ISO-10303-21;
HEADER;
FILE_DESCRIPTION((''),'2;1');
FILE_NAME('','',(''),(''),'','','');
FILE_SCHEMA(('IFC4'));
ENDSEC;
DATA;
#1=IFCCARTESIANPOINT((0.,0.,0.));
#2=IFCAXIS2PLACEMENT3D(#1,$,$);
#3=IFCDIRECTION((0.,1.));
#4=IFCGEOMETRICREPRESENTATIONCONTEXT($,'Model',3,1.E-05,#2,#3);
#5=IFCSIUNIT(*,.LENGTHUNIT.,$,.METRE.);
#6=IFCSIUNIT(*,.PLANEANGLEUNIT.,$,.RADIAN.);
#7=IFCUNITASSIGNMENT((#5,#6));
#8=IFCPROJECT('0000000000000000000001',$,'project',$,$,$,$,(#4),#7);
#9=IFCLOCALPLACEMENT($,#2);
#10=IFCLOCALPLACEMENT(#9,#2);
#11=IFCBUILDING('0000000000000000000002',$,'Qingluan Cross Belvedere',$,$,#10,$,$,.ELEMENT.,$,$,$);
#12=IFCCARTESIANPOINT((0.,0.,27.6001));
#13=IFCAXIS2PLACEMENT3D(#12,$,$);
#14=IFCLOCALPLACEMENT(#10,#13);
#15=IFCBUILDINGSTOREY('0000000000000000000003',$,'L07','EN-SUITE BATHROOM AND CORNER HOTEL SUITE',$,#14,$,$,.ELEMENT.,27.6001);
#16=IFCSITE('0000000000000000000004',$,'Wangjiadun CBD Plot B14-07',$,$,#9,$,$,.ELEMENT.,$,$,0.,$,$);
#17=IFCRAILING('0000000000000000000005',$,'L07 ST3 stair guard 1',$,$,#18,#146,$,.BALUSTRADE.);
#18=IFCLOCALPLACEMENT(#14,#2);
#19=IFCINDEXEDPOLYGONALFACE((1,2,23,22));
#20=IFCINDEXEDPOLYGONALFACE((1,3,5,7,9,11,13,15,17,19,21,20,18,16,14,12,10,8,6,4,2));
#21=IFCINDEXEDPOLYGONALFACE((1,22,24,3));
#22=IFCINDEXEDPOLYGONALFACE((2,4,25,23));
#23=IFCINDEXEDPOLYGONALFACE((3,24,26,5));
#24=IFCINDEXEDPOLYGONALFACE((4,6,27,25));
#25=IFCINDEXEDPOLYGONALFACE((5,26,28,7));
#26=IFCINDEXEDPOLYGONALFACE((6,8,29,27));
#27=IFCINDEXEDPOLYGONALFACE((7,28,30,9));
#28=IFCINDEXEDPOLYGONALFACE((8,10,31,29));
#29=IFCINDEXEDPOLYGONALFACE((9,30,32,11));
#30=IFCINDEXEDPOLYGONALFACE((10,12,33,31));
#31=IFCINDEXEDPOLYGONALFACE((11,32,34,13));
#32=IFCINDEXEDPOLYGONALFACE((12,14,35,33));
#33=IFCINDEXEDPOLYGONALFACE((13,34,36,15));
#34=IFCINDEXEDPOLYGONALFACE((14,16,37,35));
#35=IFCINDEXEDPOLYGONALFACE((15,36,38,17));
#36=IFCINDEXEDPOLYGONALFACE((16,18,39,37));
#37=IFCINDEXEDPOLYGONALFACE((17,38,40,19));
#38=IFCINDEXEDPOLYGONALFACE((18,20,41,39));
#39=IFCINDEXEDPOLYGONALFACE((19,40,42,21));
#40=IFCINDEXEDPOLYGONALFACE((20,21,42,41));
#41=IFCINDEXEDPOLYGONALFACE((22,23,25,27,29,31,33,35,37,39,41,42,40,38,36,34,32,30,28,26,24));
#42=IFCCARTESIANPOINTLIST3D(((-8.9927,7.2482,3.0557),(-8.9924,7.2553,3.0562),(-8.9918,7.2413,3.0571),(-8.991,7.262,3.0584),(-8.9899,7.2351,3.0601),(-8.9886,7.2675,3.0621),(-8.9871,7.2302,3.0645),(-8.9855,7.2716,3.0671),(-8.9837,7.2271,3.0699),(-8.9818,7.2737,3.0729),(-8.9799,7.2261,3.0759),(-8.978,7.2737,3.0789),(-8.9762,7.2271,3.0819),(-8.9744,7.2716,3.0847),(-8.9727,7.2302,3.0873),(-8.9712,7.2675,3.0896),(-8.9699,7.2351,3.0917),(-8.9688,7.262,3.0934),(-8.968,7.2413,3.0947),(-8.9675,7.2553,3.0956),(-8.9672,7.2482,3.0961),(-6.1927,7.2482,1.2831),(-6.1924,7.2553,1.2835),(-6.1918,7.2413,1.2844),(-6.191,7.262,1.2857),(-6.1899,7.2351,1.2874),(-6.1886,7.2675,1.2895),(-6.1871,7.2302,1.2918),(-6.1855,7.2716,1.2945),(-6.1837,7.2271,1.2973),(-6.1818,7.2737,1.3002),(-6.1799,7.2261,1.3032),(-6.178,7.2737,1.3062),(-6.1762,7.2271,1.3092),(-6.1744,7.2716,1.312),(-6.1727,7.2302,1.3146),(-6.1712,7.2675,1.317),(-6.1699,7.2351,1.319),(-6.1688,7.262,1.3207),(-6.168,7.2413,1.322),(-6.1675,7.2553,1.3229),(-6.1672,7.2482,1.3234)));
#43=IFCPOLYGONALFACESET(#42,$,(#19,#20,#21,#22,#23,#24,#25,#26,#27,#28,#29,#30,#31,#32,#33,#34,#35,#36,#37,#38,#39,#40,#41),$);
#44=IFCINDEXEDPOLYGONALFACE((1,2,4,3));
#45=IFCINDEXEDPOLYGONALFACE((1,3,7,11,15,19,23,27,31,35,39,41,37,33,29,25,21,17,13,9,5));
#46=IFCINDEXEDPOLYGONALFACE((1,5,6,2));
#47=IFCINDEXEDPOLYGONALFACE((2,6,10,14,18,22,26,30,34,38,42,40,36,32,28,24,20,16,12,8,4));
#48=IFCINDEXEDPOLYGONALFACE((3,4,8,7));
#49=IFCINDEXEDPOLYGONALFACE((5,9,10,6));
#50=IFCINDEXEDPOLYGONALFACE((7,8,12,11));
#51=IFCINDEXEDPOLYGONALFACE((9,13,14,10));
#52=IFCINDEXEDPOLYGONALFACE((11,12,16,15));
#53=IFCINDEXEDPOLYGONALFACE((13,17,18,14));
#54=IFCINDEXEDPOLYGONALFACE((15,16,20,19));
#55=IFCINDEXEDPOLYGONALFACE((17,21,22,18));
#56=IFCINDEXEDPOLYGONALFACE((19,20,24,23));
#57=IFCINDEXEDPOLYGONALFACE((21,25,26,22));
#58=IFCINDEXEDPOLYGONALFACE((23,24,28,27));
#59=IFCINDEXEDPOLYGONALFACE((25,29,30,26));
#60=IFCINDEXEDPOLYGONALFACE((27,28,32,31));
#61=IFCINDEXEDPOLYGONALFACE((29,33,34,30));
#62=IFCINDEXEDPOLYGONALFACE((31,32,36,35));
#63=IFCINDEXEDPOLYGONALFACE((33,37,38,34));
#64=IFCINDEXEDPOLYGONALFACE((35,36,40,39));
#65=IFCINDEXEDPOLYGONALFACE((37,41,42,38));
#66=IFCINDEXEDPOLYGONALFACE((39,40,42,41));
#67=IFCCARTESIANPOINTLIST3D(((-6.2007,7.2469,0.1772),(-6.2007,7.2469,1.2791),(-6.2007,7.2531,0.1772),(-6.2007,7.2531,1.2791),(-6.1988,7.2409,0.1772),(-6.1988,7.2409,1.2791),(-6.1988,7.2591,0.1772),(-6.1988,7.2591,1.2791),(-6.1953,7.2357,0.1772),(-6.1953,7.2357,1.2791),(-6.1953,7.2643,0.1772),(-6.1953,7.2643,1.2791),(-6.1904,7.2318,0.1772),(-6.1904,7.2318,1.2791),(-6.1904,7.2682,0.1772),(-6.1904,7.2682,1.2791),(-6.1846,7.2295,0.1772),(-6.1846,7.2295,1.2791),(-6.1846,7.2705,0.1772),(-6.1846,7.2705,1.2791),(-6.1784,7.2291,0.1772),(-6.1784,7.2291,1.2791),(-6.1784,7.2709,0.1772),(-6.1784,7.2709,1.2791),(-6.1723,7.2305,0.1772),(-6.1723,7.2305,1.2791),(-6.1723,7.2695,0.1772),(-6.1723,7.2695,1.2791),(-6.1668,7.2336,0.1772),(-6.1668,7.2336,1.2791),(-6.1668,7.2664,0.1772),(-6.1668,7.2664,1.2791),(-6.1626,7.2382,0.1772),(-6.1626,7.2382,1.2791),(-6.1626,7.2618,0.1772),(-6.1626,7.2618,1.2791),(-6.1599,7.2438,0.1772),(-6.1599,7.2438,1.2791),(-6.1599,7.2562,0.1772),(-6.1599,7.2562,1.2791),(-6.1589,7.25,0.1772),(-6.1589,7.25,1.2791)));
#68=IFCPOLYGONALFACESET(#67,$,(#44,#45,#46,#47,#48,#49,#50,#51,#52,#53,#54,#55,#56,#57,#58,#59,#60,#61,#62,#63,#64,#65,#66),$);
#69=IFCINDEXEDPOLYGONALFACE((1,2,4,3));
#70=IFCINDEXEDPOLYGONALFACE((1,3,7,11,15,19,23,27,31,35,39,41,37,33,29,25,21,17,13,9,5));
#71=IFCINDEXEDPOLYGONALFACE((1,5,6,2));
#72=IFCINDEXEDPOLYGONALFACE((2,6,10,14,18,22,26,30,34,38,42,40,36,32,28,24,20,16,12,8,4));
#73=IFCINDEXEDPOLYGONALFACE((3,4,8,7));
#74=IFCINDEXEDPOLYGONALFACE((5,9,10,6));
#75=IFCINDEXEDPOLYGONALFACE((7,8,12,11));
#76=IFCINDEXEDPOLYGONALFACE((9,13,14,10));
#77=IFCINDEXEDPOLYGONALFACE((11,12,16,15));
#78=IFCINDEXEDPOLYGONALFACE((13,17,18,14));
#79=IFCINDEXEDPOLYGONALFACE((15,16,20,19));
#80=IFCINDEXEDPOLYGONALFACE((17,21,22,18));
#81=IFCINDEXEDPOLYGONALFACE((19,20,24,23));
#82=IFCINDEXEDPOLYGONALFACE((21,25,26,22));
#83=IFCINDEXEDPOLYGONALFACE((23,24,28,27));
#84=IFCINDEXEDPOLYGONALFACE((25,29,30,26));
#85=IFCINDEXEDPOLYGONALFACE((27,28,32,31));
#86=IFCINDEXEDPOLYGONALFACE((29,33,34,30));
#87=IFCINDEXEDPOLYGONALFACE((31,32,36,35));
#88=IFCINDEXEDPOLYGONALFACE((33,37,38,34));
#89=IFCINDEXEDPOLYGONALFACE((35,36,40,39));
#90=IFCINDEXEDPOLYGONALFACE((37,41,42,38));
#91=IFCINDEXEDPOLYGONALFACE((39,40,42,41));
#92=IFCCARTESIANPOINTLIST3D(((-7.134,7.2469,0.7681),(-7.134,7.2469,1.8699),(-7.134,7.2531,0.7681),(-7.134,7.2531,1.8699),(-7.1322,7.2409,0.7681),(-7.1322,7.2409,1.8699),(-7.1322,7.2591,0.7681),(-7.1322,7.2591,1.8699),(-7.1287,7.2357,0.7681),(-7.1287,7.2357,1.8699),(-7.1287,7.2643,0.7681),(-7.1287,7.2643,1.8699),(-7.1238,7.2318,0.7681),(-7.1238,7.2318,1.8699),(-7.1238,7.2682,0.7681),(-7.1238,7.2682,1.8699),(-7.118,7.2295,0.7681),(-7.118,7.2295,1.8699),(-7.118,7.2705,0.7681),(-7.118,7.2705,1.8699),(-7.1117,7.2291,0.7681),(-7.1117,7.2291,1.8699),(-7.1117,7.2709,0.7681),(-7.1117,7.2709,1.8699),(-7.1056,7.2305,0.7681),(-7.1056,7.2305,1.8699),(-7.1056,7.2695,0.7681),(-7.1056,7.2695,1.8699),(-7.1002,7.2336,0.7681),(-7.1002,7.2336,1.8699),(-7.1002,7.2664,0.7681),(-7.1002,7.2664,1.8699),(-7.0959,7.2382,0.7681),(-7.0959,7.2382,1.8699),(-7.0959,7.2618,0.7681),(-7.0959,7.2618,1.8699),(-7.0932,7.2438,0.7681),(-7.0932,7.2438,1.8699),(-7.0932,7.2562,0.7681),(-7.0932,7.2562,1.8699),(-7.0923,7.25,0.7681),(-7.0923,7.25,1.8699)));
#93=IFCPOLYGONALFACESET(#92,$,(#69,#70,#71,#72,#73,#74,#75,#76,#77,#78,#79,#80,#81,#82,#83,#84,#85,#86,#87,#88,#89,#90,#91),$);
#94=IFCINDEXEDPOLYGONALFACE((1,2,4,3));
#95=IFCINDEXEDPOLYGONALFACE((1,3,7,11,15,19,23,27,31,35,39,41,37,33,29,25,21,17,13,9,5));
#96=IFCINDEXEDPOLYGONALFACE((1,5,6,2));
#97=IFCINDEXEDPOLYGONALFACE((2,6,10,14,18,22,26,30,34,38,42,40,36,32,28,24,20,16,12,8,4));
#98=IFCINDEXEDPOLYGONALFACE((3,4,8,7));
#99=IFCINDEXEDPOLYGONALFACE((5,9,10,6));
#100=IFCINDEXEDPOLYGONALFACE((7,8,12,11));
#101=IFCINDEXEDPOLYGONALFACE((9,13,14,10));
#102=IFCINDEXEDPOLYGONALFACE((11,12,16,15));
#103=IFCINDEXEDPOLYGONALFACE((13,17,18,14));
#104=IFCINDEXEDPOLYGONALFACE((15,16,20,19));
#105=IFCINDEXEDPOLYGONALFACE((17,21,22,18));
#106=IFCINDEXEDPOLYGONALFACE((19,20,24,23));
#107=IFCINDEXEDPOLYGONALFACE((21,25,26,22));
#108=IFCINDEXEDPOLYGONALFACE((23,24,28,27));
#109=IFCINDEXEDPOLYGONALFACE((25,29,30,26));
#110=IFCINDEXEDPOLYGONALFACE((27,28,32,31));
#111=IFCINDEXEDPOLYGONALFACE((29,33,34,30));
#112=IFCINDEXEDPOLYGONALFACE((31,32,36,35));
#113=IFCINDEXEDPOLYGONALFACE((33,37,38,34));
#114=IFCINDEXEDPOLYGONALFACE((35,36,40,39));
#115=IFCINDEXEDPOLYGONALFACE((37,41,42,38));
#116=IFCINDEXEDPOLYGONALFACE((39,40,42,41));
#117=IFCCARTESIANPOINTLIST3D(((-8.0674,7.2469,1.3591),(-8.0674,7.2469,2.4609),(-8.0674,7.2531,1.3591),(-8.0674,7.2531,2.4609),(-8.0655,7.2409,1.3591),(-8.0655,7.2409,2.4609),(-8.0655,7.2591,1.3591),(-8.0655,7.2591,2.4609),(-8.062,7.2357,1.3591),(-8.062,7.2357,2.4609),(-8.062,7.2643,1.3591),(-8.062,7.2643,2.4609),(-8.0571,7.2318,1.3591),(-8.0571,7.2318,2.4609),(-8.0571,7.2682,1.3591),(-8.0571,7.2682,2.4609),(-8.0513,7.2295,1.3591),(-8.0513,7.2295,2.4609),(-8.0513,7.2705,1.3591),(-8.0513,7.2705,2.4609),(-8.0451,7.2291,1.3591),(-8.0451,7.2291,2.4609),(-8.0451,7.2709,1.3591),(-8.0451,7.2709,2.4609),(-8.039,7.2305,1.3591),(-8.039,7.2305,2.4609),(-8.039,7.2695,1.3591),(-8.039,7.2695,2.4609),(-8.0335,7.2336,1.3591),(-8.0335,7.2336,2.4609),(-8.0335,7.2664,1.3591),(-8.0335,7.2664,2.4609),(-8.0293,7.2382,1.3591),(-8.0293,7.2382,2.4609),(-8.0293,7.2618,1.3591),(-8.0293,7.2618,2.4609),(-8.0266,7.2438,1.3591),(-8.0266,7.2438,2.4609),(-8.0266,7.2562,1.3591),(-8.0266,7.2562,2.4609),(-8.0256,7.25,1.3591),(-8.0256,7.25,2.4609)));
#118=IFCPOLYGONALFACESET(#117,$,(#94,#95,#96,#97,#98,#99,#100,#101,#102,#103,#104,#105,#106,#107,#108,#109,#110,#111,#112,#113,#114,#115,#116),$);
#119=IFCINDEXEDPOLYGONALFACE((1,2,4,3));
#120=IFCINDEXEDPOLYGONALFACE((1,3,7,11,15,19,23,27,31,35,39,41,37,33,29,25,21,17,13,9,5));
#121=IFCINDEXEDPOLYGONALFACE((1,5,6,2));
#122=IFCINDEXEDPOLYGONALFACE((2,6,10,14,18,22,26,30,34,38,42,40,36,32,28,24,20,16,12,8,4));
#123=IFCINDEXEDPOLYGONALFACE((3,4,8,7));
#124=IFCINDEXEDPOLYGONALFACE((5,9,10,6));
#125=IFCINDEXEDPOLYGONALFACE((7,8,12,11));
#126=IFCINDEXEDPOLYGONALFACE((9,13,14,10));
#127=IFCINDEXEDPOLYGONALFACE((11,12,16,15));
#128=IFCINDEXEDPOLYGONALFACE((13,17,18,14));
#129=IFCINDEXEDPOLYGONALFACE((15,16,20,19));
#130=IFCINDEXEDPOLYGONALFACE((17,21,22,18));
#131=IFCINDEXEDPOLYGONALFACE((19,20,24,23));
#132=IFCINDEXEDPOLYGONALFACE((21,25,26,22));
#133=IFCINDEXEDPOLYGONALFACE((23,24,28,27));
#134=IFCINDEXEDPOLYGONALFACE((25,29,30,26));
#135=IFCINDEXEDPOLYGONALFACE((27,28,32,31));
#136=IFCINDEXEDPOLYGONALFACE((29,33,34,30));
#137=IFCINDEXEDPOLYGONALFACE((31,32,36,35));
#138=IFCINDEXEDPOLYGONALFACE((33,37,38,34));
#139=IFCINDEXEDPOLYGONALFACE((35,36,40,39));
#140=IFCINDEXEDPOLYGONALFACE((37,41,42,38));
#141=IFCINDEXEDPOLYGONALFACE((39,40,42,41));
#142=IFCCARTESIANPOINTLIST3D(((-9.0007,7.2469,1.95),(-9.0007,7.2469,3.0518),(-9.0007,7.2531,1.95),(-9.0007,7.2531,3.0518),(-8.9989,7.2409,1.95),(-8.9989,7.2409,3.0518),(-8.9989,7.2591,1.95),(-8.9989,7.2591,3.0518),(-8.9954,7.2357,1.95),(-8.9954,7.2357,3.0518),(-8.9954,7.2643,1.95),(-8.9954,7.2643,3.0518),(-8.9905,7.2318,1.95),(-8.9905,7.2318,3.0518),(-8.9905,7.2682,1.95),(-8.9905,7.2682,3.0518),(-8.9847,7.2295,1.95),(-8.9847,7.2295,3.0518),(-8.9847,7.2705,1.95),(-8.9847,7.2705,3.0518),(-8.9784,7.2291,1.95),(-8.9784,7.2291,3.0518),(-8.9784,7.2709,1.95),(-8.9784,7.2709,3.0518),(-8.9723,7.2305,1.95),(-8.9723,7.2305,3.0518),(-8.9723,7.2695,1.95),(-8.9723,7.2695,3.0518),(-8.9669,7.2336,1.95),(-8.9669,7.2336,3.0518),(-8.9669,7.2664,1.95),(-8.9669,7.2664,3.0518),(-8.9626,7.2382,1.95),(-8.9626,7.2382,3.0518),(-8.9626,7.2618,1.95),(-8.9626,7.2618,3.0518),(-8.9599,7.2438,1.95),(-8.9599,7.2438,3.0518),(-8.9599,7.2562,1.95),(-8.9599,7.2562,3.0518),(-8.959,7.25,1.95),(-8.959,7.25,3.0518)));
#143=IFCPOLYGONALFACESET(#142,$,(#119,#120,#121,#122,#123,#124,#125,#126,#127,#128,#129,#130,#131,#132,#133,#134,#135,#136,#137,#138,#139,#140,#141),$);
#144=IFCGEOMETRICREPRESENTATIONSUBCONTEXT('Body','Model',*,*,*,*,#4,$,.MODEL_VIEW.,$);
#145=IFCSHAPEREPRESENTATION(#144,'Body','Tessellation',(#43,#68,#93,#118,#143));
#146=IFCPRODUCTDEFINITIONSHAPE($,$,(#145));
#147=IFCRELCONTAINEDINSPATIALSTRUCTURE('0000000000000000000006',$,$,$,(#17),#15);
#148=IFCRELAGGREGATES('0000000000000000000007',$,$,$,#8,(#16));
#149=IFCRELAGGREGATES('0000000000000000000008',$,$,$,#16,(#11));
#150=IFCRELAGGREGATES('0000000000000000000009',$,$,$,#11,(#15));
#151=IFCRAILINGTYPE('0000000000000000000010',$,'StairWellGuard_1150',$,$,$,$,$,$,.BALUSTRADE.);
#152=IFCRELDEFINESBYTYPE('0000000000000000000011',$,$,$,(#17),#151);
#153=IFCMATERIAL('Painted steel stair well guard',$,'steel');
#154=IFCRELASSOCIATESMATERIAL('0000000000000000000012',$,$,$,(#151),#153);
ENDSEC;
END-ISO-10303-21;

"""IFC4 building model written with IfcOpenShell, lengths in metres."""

from ifc_helpers import new_model, si_unit, direction, frame, origin, origin_2d, place, context, subcontext, project, spatial, circle, extrude, material, type_object, element, save


model = new_model("IFC4")

# Units and contexts
model_context = context("Model", 3, precision=1e-05, world=origin(), true_north=direction((0.0, 1.0)))
body_context = subcontext(model_context, "Body", "Model", "MODEL_VIEW")
ifc_project = project(units=[si_unit("LENGTHUNIT", "METRE"), si_unit("PLANEANGLEUNIT", "RADIAN")], contexts=[model_context])

# Site, building, storey
site_placement = place(None, origin())
site = spatial("IfcSite", under=ifc_project, at=site_placement, Name="Wangjiadun CBD Plot B14-07", CompositionType="ELEMENT", RefElevation=0.0)
building_placement = place(site_placement, origin())
building = spatial("IfcBuilding", under=site, at=building_placement, Name="Qingluan Cross Belvedere", CompositionType="ELEMENT")
storey_placement = place(building_placement, frame((0.0, 0.0, 27.6001)))
storey = spatial("IfcBuildingStorey", under=building, at=storey_placement, Name="L07", Description="EN-SUITE BATHROOM AND CORNER HOTEL SUITE", CompositionType="ELEMENT", Elevation=27.6001)

# Railing
ifc_material_1 = material(Name="Painted steel stair well guard", Category="steel")
railing_type_1 = type_object("IfcRailingType", Name="StairWellGuard_1150", PredefinedType="BALUSTRADE", material=ifc_material_1)
railing_1_placement = place(storey_placement, frame((-6.1799, 7.25, 0.1772)))
element("IfcRailing", 1, at=railing_1_placement, inside=storey, type_object=railing_type_1, Name="L07 ST3 stair guard 1", PredefinedType="BALUSTRADE", context=body_context, shape_type="SweptSolid", body=[
    extrude(circle(Radius=0.0239, at=origin_2d()), frame((0.0, 0.0, 1.126), z_axis=(-0.844909, 0.0, 0.53491), x_axis=(0.0, -1.0, 0.0)), (0.0, 0.0, 1.0), 3.314),
    extrude(circle(Radius=0.021, at=origin_2d()), origin(), (0.0, 0.0, 1.0), 1.1018),
    extrude(circle(Radius=0.021, at=origin_2d()), frame((-0.9333, 0.0, 0.5908)), (0.0, 0.0, 1.0), 1.1018),
    extrude(circle(Radius=0.021, at=origin_2d()), frame((-1.8667, 0.0, 1.1819)), (0.0, 0.0, 1.0), 1.1018),
    extrude(circle(Radius=0.021, at=origin_2d()), frame((-2.8, 0.0, 1.7727)), (0.0, 0.0, 1.0), 1.1018),
])

save(model, "model.ifc")
